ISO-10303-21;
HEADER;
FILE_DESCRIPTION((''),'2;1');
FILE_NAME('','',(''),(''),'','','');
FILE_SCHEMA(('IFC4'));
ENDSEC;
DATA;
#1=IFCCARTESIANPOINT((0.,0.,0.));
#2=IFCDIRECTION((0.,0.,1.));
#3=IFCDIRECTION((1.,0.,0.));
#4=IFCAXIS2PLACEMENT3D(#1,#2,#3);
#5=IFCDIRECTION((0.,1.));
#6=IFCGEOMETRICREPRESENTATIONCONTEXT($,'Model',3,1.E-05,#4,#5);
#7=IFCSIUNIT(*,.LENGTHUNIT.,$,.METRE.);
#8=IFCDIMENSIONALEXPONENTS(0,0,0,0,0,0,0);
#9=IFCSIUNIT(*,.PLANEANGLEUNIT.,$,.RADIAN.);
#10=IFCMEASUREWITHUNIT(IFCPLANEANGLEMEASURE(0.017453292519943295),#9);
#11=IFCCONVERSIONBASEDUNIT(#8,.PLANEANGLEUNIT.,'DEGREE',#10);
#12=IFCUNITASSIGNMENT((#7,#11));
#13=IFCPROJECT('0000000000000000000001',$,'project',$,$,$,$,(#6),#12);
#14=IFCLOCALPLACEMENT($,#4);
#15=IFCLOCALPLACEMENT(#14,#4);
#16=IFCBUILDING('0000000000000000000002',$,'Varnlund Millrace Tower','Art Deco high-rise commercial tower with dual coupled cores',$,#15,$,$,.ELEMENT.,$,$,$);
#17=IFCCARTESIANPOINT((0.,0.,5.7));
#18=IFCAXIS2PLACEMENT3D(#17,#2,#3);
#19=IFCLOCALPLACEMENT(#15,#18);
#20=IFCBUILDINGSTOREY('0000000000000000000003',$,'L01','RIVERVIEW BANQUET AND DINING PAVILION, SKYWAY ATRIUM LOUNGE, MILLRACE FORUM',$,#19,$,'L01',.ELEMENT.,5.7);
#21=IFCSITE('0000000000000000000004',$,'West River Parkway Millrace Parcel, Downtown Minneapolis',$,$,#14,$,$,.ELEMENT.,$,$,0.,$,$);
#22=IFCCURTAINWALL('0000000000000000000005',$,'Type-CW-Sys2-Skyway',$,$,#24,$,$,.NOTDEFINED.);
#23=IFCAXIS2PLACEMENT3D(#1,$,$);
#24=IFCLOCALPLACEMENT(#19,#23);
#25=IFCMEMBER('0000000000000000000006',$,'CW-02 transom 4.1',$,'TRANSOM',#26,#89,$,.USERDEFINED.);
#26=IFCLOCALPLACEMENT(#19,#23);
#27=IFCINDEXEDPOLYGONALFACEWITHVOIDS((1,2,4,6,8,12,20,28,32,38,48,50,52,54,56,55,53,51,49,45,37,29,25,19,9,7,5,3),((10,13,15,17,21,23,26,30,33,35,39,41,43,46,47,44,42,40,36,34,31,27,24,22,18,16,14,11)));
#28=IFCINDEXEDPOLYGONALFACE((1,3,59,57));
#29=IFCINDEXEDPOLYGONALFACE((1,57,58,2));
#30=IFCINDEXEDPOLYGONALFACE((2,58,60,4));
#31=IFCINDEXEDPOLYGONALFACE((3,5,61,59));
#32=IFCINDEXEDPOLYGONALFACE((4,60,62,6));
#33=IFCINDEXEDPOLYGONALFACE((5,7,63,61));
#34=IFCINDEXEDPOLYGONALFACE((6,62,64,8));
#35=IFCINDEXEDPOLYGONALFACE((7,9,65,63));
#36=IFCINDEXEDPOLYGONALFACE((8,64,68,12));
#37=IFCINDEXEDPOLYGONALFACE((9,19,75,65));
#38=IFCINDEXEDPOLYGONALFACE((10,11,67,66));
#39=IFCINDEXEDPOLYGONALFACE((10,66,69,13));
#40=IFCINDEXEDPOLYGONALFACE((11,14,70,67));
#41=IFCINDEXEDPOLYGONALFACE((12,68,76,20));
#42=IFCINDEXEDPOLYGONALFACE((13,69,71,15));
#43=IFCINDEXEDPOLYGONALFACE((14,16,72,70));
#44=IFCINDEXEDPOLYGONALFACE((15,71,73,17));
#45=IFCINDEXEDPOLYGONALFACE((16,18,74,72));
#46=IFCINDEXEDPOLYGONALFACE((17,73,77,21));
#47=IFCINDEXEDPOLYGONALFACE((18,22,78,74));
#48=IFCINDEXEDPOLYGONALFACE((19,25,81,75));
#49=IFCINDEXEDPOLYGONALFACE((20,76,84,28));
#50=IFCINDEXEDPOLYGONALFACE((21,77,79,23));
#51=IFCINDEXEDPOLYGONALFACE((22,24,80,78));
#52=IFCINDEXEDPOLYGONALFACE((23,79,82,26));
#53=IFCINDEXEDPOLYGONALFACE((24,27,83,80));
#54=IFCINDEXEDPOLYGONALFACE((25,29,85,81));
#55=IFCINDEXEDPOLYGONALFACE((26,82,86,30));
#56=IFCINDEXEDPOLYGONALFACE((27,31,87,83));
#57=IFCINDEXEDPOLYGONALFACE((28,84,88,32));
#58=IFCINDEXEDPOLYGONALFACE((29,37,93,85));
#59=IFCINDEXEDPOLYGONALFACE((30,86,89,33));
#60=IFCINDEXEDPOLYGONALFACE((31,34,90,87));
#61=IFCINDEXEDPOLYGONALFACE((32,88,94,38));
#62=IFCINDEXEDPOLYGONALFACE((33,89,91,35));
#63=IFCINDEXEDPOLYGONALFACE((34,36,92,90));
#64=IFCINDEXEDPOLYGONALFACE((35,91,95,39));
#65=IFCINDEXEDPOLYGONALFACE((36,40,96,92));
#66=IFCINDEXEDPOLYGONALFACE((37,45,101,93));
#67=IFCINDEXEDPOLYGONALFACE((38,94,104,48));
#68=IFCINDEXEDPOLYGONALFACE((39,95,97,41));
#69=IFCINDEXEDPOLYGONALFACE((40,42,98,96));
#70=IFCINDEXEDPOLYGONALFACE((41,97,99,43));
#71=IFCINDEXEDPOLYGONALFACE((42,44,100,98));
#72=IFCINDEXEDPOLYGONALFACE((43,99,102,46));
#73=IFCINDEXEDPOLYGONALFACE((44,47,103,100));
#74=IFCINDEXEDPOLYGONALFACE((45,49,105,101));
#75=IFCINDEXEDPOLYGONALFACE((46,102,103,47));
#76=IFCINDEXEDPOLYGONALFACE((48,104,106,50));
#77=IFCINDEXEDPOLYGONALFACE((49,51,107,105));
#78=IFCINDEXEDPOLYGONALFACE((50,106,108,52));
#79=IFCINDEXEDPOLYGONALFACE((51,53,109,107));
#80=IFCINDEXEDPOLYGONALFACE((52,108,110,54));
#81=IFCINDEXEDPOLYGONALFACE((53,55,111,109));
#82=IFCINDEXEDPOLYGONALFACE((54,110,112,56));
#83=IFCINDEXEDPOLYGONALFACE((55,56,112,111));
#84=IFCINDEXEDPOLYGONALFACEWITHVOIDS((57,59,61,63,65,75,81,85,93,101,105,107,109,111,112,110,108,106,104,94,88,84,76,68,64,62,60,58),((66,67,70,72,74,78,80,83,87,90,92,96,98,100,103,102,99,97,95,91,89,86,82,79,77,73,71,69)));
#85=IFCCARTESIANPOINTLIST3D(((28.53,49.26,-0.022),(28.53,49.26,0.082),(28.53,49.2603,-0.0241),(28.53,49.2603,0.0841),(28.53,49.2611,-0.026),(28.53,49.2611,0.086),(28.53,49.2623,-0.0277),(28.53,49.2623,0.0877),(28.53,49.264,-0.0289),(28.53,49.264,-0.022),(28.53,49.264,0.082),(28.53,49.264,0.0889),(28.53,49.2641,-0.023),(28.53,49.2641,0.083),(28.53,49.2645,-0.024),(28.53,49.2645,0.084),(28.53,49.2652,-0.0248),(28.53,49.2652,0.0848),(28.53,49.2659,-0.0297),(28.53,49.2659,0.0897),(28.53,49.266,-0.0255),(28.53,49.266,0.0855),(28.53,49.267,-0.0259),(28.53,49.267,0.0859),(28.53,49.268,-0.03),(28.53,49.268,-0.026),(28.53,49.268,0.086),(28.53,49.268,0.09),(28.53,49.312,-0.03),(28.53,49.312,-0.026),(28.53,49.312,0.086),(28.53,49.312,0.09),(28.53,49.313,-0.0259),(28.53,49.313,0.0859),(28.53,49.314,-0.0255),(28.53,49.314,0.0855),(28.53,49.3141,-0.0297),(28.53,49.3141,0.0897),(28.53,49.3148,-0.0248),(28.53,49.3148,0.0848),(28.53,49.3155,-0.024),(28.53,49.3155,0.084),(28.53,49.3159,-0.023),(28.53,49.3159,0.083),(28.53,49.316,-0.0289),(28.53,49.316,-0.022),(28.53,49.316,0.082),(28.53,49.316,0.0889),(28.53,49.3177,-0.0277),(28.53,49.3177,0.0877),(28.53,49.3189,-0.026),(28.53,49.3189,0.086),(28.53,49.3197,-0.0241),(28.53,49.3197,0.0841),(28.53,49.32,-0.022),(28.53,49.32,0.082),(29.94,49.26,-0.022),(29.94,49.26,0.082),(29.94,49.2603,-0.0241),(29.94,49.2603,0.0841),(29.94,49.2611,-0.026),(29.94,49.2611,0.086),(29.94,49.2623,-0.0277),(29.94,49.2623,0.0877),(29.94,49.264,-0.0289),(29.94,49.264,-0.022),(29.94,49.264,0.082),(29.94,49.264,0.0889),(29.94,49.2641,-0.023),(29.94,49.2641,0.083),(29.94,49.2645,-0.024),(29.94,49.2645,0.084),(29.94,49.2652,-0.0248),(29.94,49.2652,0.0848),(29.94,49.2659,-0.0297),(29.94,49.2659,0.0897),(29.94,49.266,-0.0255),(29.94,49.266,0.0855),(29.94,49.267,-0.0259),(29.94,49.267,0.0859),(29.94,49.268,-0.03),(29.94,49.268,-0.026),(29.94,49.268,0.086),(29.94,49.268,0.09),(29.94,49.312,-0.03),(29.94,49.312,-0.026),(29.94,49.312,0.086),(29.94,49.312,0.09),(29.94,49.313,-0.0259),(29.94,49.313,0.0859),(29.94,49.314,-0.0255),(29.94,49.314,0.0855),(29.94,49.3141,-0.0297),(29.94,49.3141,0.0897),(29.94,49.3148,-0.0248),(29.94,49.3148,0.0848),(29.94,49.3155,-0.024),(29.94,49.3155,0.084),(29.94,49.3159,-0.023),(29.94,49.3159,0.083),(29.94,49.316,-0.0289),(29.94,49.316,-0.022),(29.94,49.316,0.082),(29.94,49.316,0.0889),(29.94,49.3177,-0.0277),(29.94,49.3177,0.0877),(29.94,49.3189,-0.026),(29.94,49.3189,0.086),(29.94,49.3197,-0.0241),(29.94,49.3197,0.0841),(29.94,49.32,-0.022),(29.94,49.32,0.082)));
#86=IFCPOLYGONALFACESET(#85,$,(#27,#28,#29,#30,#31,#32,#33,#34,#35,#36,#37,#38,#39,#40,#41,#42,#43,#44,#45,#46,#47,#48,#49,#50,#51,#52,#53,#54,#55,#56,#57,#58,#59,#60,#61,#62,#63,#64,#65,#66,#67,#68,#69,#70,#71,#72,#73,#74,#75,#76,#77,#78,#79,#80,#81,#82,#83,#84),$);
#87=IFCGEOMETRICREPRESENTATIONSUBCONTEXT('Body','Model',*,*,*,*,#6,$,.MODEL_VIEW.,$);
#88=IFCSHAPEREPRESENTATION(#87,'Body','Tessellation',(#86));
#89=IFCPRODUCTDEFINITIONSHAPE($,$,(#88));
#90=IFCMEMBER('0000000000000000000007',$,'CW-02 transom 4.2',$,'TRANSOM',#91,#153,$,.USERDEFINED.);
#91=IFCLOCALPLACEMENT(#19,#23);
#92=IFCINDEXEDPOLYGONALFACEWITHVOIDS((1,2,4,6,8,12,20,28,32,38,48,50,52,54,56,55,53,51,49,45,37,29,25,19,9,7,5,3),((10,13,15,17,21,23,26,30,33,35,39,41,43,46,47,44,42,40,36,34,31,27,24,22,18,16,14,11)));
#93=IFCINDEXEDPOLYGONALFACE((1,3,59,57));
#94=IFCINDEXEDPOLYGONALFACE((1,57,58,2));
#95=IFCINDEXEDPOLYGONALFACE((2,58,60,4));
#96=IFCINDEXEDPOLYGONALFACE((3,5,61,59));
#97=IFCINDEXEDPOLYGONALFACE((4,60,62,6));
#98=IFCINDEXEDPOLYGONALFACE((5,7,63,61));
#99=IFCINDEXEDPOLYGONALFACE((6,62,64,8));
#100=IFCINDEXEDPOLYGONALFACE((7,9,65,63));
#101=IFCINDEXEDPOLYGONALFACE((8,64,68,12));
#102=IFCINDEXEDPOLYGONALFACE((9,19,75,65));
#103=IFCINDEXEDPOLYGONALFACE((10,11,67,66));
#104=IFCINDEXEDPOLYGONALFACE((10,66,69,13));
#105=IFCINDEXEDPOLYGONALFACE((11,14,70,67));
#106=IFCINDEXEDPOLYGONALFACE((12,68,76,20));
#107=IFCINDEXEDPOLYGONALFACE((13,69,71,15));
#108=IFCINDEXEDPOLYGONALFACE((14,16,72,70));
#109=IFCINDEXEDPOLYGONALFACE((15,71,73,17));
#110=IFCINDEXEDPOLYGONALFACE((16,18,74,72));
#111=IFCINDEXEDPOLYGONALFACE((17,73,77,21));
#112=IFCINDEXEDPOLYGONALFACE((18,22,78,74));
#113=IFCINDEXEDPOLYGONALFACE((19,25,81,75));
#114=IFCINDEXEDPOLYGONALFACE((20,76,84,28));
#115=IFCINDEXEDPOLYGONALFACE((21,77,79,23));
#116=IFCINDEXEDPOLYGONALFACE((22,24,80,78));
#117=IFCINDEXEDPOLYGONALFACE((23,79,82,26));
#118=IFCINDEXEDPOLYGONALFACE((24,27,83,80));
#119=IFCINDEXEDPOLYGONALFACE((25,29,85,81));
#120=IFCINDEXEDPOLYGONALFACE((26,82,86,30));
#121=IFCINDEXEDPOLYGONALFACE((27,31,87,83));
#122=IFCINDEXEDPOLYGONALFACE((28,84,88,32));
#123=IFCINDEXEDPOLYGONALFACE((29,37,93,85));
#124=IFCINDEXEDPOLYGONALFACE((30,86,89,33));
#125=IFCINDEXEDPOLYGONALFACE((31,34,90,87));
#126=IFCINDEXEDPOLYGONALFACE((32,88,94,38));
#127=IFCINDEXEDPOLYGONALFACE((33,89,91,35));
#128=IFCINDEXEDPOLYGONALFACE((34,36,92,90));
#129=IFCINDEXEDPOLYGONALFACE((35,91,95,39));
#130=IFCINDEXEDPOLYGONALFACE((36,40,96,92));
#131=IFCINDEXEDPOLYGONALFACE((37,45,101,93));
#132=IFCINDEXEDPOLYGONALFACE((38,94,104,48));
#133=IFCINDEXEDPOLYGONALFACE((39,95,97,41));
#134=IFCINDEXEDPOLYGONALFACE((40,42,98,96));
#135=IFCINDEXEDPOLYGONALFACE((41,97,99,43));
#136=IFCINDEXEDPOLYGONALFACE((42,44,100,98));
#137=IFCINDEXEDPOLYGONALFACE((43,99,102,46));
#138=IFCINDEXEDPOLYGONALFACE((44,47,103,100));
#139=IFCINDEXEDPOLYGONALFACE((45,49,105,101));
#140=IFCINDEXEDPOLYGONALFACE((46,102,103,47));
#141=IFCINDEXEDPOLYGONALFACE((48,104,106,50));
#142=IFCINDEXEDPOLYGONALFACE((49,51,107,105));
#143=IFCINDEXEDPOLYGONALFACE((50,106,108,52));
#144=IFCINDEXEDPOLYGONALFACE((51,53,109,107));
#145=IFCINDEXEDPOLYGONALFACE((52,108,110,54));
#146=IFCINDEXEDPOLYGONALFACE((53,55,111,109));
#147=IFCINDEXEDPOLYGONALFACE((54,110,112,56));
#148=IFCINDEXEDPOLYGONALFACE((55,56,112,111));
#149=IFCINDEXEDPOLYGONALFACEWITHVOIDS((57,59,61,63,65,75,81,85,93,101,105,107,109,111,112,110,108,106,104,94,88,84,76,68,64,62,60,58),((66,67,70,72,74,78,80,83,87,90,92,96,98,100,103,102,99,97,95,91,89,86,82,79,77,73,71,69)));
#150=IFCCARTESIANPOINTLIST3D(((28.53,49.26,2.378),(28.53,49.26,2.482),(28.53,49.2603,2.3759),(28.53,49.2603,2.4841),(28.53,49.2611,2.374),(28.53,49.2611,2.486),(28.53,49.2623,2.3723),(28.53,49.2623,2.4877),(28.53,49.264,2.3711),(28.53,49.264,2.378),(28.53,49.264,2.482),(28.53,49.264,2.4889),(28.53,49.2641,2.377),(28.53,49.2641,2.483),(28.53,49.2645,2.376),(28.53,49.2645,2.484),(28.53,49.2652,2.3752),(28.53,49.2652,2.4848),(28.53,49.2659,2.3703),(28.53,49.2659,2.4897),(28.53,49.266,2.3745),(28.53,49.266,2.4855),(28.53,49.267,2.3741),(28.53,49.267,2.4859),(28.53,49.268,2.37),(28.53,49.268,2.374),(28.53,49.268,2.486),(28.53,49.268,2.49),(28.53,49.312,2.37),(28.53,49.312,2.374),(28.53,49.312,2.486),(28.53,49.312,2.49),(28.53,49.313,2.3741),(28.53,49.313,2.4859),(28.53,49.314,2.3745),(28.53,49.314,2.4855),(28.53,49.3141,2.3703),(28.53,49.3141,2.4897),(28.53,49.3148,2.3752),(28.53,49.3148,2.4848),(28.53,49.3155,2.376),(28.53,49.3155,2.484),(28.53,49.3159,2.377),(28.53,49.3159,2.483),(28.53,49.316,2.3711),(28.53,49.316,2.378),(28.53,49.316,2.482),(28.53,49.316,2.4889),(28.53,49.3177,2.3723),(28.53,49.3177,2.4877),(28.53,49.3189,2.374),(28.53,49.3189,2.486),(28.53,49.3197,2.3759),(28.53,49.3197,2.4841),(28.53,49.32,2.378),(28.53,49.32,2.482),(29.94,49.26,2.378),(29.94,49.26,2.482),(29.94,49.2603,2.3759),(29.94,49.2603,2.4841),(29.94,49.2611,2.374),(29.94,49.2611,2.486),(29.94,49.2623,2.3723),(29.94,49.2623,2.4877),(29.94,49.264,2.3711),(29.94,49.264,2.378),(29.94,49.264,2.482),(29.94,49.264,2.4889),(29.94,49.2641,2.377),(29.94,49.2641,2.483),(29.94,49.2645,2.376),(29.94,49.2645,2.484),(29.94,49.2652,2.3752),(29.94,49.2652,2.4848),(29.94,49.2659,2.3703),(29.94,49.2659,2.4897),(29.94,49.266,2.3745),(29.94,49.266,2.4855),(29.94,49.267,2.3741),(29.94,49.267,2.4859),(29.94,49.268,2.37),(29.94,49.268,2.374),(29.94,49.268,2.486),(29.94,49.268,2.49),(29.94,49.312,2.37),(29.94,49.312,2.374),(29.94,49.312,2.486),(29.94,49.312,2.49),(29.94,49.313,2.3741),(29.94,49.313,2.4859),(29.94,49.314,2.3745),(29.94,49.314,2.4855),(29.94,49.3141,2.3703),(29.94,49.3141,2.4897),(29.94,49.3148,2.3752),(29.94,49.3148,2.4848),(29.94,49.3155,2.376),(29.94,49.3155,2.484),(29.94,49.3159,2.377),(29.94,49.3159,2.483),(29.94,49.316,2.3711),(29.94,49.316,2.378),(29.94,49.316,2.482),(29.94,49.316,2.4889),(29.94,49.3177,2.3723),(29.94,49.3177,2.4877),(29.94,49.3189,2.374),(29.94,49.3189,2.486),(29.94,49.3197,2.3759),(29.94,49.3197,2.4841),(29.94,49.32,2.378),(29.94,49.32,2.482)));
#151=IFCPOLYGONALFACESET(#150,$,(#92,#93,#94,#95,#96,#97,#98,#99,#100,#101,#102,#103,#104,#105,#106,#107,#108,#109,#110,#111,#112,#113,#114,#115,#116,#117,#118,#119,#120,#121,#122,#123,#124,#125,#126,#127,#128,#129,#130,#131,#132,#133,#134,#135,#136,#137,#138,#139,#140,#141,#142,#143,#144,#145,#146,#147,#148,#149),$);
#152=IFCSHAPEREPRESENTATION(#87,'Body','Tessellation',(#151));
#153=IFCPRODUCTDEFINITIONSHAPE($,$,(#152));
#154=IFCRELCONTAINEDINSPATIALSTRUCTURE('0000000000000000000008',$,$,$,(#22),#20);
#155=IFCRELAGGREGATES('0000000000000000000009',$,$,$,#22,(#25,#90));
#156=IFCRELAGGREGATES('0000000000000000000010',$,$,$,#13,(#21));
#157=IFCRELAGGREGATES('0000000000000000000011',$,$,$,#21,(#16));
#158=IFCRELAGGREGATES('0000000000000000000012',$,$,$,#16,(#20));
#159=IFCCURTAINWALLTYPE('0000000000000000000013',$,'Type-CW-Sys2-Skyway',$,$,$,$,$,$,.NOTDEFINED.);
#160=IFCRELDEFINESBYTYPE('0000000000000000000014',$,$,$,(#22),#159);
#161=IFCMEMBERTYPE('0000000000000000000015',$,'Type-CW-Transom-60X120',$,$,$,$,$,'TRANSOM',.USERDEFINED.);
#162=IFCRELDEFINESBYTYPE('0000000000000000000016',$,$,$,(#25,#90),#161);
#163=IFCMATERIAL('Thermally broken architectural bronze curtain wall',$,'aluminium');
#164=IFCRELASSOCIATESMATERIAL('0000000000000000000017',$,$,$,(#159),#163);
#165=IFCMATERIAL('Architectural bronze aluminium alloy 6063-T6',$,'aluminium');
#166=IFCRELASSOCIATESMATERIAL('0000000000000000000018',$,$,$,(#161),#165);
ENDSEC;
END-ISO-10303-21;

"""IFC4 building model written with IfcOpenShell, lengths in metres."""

from ifc_helpers import new_model, entity, si_unit, converted_unit, direction, frame, origin_with_axes, origin_2d_with_axis, place, context, subcontext, project, spatial, hollow_rectangle, extrude, material, material_profile, profile_set, type_object, element, aggregate, save


model = new_model("IFC4")

# Units and contexts
model_context = context("Model", 3, precision=1e-05, world=origin_with_axes(), true_north=direction((0.0, 1.0)))
body_context = subcontext(model_context, "Body", "Model", "MODEL_VIEW")
ifc_project = project(units=[si_unit("LENGTHUNIT", "METRE"), converted_unit("PLANEANGLEUNIT", "DEGREE", entity("IfcPlaneAngleMeasure", 0.017453292519943295), si_unit("PLANEANGLEUNIT", "RADIAN"), dimensions=[0, 0, 0, 0, 0, 0, 0])], contexts=[model_context])

# Site, building, storey
site_placement = place(None, origin_with_axes())
site = spatial("IfcSite", under=ifc_project, at=site_placement, Name="West River Parkway Millrace Parcel, Downtown Minneapolis", CompositionType="ELEMENT", RefElevation=0.0)
building_placement = place(site_placement, origin_with_axes())
building = spatial("IfcBuilding", under=site, at=building_placement, Name="Varnlund Millrace Tower", Description="Art Deco high-rise commercial tower with dual coupled cores", CompositionType="ELEMENT")
storey_placement = place(building_placement, frame((0.0, 0.0, 5.7), z_axis=(0.0, 0.0, 1.0), x_axis=(1.0, 0.0, 0.0)))
storey = spatial("IfcBuildingStorey", under=building, at=storey_placement, Name="L01", Description="RIVERVIEW BANQUET AND DINING PAVILION, SKYWAY ATRIUM LOUNGE, MILLRACE FORUM", LongName="L01", CompositionType="ELEMENT", Elevation=5.7)

# Curtain wall
ifc_material_1 = material(Name="Thermally broken architectural bronze curtain wall", Category="aluminium")
curtain_wall_type = type_object("IfcCurtainWallType", Name="Type-CW-Sys2-Skyway", PredefinedType="NOTDEFINED", material=ifc_material_1)
ifc_material_2 = material(Name="Architectural bronze aluminium alloy 6063-T6", Category="aluminium")
curtain_wall_1_placement = place(storey_placement, frame((24.0, 49.29, 0.0), z_axis=(0.0, 0.0, 1.0), x_axis=(1.0, 0.0, 0.0)))
curtain_wall_1 = element("IfcCurtainWall", 1, at=curtain_wall_1_placement, inside=storey, type_object=curtain_wall_type, Name="Type-CW-Sys2-Skyway", PredefinedType="NOTDEFINED")

# Members
ifc_material_profile_1 = material_profile(ifc_material_2, hollow_rectangle(XDim=0.06, YDim=0.12, WallThickness=0.004, InnerFilletRadius=0.004, OuterFilletRadius=0.008, at=origin_2d_with_axis()), Name="Architectural bronze aluminium alloy 6063-T6")
ifc_profile_set_1 = profile_set([ifc_material_profile_1], Name="Architectural bronze aluminium alloy 6063-T6")
member_type_1 = type_object("IfcMemberType", Name="Type-CW-Transom-60X120", ElementType="TRANSOM", PredefinedType="USERDEFINED", material=ifc_profile_set_1)
member_1_placement = place(storey_placement, frame((28.53, 49.29, 0.03), z_axis=(1.0, 0.0, 0.0), x_axis=(0.0, 1.0, 0.0)))
member_1 = element("IfcMember", 2, at=member_1_placement, type_object=member_type_1, Name="CW-02 transom 4.1", ObjectType="TRANSOM", PredefinedType="USERDEFINED", context=body_context, shape_type="SweptSolid", body=[
    extrude(hollow_rectangle(XDim=0.06, YDim=0.12, WallThickness=0.004, InnerFilletRadius=0.004, OuterFilletRadius=0.008, at=origin_2d_with_axis()), origin_with_axes(), (0.0, 0.0, 1.0), 1.41),
])
member_2_placement = place(storey_placement, frame((28.53, 49.29, 2.43), z_axis=(1.0, 0.0, 0.0), x_axis=(0.0, 1.0, 0.0)))
member_2 = element("IfcMember", 3, at=member_2_placement, type_object=member_type_1, Name="CW-02 transom 4.2", ObjectType="TRANSOM", PredefinedType="USERDEFINED", context=body_context, shape_type="SweptSolid", body=[
    extrude(hollow_rectangle(XDim=0.06, YDim=0.12, WallThickness=0.004, InnerFilletRadius=0.004, OuterFilletRadius=0.008, at=origin_2d_with_axis()), origin_with_axes(), (0.0, 0.0, 1.0), 1.41),
])

aggregate(curtain_wall_1, [member_1, member_2])

save(model, "model.ifc")
